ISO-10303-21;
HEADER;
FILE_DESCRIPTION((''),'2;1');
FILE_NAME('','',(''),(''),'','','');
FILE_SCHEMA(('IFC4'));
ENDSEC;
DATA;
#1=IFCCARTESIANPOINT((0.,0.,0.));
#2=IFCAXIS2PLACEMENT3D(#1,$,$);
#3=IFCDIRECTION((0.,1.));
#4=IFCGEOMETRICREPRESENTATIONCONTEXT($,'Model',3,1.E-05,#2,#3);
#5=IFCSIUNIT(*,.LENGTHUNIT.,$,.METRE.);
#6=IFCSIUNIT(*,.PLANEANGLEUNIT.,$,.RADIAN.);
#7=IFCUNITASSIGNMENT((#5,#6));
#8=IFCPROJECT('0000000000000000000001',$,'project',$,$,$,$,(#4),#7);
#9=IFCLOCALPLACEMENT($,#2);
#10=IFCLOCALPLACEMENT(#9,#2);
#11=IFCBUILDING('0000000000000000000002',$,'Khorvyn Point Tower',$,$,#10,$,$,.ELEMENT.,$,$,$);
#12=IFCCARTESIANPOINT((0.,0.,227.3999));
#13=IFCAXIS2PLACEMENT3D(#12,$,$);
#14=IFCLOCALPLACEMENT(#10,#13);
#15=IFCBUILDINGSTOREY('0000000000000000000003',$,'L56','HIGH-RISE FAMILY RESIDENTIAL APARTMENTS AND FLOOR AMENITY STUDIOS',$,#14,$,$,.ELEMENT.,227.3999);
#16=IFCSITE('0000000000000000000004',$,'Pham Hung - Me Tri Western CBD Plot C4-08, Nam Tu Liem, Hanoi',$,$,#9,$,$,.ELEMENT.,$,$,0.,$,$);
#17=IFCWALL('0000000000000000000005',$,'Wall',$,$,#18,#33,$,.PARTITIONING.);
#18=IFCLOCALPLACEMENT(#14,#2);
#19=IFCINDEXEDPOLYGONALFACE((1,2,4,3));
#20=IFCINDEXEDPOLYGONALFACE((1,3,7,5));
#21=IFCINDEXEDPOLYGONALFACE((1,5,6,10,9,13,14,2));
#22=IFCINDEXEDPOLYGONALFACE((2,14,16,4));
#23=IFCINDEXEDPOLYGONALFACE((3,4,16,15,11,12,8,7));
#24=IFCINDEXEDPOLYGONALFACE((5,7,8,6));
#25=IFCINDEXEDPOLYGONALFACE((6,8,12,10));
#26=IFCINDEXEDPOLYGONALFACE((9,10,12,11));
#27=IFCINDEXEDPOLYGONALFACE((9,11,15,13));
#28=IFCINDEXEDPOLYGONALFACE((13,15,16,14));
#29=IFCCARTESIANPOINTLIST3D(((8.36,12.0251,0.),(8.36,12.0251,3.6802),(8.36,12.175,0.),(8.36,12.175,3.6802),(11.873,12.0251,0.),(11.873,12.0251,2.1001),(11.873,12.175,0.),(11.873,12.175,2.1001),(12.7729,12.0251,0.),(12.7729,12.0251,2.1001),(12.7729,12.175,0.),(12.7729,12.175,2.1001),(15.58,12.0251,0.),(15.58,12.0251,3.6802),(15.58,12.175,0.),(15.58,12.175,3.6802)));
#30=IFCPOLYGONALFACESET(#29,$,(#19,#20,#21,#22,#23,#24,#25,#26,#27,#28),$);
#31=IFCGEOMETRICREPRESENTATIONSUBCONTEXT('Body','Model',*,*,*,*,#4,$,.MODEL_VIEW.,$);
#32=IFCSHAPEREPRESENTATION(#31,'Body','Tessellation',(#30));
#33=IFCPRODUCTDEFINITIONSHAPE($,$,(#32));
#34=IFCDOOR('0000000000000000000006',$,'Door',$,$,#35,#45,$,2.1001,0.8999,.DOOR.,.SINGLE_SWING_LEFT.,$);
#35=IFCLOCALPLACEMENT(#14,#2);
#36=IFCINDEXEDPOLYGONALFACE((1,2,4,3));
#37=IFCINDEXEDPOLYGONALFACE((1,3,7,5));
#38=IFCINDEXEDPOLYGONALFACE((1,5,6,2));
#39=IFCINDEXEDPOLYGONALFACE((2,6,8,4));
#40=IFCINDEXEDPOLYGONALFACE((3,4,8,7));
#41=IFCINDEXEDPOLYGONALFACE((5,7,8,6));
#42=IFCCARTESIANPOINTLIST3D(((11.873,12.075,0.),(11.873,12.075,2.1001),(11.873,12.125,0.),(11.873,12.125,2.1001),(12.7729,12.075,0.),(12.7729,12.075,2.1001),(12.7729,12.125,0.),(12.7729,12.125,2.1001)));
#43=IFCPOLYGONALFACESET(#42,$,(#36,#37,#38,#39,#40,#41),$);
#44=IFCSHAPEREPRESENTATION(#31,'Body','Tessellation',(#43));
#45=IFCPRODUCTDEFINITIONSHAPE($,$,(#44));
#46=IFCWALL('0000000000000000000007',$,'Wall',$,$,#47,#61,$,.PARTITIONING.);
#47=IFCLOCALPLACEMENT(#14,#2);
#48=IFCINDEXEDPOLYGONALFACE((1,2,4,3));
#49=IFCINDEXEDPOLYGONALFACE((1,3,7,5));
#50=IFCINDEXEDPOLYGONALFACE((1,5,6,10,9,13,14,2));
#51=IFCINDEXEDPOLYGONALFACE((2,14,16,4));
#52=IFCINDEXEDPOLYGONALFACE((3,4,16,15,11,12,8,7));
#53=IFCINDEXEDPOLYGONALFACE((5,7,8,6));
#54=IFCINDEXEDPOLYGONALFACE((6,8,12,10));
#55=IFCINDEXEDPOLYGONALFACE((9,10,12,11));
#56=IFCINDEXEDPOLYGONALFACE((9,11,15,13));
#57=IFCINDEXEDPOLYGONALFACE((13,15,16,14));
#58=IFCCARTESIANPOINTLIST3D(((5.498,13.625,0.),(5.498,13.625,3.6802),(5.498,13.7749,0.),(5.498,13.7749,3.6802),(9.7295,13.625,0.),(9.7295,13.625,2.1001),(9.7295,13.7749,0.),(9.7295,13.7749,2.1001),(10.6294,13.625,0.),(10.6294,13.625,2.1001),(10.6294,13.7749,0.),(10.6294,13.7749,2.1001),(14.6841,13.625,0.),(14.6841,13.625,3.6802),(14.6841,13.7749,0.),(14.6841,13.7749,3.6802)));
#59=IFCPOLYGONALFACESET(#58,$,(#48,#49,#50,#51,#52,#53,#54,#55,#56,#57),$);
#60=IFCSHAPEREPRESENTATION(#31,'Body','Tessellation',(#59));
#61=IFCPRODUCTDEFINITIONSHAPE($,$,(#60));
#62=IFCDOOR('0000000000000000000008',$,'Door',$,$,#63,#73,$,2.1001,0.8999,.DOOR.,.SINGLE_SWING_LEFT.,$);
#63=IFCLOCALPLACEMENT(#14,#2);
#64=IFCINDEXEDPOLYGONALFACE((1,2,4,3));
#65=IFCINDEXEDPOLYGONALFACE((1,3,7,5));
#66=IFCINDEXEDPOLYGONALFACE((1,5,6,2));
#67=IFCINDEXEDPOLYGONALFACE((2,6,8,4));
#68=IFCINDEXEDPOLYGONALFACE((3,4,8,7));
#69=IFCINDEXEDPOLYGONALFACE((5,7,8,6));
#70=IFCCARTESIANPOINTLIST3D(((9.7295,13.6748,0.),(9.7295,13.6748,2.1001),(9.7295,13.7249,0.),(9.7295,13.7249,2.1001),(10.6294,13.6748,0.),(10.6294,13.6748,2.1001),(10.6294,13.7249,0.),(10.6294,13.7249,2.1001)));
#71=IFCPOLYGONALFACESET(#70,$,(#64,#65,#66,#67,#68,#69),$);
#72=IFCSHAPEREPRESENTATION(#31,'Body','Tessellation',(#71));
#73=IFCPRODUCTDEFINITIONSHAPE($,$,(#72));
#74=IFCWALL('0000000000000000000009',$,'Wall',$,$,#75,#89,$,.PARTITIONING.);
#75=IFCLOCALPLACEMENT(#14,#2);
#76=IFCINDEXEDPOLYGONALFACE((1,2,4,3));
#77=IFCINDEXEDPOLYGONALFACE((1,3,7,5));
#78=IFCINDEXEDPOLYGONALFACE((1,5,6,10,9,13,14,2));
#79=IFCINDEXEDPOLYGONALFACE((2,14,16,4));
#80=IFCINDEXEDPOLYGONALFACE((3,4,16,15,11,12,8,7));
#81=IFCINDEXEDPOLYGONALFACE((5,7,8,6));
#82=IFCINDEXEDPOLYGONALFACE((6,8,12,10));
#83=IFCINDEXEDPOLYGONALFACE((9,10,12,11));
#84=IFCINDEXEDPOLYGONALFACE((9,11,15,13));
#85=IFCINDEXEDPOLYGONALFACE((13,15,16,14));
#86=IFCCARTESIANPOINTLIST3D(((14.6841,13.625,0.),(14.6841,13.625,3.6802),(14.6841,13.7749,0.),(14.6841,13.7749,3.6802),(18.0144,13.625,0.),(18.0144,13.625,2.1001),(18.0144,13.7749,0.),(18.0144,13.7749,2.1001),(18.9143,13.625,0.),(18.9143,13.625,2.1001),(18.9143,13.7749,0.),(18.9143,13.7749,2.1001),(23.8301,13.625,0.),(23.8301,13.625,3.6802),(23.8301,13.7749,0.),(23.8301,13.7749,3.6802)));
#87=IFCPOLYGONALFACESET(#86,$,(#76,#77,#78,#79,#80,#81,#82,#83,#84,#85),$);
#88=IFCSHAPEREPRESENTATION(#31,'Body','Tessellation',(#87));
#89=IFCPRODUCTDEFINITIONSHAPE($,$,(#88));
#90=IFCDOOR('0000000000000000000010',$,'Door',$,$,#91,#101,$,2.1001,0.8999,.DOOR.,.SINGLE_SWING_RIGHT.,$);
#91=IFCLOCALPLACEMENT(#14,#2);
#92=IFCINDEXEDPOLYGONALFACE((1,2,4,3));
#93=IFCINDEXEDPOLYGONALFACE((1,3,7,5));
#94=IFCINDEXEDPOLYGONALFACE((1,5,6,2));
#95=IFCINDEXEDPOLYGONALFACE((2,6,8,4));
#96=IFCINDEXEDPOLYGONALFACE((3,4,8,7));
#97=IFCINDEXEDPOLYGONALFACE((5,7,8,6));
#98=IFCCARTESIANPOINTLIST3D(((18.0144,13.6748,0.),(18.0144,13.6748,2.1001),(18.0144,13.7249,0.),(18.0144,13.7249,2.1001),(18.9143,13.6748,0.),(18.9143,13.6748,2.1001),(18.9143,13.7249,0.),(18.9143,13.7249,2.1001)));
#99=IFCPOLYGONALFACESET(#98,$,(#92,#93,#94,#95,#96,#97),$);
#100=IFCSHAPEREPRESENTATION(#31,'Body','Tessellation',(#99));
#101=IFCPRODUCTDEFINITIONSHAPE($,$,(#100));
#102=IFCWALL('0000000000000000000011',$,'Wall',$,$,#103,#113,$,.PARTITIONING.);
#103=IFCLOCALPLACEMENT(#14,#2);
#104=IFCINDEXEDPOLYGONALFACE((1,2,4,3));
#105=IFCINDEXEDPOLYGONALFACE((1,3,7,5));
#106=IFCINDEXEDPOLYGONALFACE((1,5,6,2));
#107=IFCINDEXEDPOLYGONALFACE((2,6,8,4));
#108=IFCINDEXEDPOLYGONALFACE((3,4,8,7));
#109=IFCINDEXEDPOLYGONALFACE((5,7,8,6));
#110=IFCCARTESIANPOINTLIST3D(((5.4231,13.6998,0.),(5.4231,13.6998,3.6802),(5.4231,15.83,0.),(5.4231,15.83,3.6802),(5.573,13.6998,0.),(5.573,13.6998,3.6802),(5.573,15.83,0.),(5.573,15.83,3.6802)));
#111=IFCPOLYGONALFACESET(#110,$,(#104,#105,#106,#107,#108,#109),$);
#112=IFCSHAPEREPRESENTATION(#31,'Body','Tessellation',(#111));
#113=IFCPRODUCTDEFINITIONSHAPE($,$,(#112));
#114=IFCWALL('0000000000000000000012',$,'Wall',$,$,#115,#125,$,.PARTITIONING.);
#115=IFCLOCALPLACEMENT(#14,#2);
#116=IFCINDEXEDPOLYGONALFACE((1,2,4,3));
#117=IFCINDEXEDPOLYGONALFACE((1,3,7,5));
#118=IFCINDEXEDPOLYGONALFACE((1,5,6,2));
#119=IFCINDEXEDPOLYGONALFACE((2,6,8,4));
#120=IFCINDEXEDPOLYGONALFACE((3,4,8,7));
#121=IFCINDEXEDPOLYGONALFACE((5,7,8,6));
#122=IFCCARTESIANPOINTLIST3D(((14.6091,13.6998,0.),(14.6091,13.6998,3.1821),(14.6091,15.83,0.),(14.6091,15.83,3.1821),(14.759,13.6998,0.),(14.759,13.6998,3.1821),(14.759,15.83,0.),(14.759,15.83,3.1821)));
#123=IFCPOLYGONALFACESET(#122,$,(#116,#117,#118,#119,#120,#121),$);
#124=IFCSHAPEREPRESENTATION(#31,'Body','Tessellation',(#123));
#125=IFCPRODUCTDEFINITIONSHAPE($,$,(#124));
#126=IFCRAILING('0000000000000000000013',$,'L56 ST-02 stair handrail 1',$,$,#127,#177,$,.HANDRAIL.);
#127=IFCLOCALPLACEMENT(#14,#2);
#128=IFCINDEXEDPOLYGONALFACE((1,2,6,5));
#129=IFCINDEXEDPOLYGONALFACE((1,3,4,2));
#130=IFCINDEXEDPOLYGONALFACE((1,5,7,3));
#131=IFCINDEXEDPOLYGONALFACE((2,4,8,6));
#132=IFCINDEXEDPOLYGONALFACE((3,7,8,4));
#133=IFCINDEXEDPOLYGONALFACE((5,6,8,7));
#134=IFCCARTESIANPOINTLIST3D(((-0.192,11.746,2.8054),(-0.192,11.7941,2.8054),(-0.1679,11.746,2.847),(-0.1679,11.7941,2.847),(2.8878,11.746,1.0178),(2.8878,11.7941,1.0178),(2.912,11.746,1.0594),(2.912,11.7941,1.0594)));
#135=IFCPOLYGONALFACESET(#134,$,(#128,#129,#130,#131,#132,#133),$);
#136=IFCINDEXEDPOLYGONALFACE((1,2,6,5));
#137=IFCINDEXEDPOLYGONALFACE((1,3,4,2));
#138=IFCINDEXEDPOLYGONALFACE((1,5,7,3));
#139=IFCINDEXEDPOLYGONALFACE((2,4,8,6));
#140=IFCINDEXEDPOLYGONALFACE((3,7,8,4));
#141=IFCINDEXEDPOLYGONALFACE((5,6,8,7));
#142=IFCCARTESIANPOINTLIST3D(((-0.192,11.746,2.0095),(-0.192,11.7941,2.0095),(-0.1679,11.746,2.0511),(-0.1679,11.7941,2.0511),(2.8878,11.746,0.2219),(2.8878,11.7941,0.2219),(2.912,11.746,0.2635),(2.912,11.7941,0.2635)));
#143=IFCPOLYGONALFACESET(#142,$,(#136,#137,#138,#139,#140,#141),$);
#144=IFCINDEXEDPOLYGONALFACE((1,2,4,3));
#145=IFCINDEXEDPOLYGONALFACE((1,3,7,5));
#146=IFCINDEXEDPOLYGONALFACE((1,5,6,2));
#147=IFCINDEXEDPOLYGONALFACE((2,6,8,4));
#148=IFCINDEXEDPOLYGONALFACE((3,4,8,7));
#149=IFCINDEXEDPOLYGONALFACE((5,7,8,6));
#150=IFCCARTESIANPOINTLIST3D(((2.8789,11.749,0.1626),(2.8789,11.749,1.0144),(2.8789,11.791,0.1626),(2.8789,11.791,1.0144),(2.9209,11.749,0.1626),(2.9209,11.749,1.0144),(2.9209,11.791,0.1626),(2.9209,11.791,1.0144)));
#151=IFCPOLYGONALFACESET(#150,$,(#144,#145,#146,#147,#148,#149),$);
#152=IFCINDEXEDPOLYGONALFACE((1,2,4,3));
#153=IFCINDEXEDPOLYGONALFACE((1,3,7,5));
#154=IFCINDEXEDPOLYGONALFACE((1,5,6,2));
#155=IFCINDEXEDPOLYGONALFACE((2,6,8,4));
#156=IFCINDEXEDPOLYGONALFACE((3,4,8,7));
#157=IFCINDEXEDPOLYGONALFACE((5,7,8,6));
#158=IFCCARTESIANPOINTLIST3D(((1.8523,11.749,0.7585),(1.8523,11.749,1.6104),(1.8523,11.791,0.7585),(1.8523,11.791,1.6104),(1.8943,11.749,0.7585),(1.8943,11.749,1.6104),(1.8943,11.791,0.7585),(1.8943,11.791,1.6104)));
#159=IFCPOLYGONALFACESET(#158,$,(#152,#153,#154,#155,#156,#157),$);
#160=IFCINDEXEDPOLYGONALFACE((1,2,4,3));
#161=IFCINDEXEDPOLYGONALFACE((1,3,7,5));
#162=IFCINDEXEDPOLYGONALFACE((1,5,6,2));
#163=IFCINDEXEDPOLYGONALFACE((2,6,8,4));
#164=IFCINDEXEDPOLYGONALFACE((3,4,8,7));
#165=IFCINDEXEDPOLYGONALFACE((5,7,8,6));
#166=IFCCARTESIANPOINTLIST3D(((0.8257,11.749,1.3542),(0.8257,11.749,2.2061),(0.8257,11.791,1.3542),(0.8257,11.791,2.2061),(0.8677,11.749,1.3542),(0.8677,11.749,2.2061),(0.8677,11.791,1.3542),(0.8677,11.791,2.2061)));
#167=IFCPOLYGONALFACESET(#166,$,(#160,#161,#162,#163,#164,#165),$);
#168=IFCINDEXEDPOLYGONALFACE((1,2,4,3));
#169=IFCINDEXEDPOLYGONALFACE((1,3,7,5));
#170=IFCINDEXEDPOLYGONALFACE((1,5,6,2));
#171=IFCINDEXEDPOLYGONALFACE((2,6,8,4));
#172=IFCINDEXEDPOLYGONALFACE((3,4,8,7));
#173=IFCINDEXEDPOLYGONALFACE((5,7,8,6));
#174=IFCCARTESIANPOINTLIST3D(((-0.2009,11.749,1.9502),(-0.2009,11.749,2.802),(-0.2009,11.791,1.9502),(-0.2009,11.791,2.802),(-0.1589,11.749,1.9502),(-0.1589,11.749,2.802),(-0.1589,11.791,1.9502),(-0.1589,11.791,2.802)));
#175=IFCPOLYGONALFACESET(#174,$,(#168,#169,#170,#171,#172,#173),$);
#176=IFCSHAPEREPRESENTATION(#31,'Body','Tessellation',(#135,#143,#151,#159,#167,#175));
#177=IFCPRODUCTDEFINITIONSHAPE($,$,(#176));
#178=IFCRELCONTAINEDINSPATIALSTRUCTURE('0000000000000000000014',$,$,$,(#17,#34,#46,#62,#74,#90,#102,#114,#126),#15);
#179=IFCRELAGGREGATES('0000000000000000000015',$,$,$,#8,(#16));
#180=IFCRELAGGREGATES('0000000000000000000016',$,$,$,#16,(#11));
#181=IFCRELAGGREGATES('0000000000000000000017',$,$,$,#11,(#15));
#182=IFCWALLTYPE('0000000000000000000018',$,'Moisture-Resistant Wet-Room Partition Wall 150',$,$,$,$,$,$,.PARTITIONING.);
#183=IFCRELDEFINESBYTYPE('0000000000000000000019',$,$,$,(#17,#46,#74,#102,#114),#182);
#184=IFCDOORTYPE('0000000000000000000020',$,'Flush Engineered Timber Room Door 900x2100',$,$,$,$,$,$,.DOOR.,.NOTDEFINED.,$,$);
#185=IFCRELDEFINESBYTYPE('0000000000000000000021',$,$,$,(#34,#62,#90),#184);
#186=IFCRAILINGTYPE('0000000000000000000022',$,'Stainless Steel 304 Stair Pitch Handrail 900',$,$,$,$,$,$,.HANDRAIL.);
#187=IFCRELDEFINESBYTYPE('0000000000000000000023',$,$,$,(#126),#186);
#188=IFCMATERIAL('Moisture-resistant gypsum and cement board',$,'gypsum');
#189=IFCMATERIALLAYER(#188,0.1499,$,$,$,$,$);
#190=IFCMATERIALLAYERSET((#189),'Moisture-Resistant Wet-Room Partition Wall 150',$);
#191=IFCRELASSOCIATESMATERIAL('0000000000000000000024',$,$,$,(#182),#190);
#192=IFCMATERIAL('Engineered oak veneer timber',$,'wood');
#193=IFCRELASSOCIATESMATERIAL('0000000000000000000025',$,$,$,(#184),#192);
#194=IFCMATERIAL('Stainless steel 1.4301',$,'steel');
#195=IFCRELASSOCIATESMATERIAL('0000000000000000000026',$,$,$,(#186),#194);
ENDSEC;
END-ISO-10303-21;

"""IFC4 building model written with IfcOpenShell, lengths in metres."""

from ifc_helpers import new_model, si_unit, direction, frame, frame_2d, origin, origin_2d, place, context, subcontext, project, spatial, rectangle, extrude, material, layer, layer_set, type_object, element, fill, save


model = new_model("IFC4")

# Units and contexts
model_context = context("Model", 3, precision=1e-05, world=origin(), true_north=direction((0.0, 1.0)))
body_context = subcontext(model_context, "Body", "Model", "MODEL_VIEW")
ifc_project = project(units=[si_unit("LENGTHUNIT", "METRE"), si_unit("PLANEANGLEUNIT", "RADIAN")], contexts=[model_context])

# Site, building, storey
site_placement = place(None, origin())
site = spatial("IfcSite", under=ifc_project, at=site_placement, Name="Pham Hung - Me Tri Western CBD Plot C4-08, Nam Tu Liem, Hanoi", CompositionType="ELEMENT", RefElevation=0.0)
building_placement = place(site_placement, origin())
building = spatial("IfcBuilding", under=site, at=building_placement, Name="Khorvyn Point Tower", CompositionType="ELEMENT")
storey_placement = place(building_placement, frame((0.0, 0.0, 227.3999)))
storey = spatial("IfcBuildingStorey", under=building, at=storey_placement, Name="L56", Description="HIGH-RISE FAMILY RESIDENTIAL APARTMENTS AND FLOOR AMENITY STUDIOS", CompositionType="ELEMENT", Elevation=227.3999)

# Walls, openings, doors
ifc_material_1 = material(Name="Moisture-resistant gypsum and cement board", Category="gypsum")
ifc_layer_1 = layer(ifc_material_1, 0.1499)
ifc_layer_set_1 = layer_set([ifc_layer_1], Name="Moisture-Resistant Wet-Room Partition Wall 150")
wall_type_1 = type_object("IfcWallType", Name="Moisture-Resistant Wet-Room Partition Wall 150", PredefinedType="PARTITIONING", material=ifc_layer_set_1)
wall_1_placement = place(storey_placement, frame((8.3601, 12.1001, 0.0), z_axis=(0.0, 0.0, 1.0), x_axis=(1.0, 0.0, 0.0)))
wall_1 = element("IfcWall", 1, at=wall_1_placement, inside=storey, type_object=wall_type_1, Name="Wall", PredefinedType="PARTITIONING", context=body_context, shape_type="SweptSolid", body=[
    extrude(rectangle(XDim=7.22, YDim=0.1499, at=frame_2d((3.6099, 0.0))), origin(), (0.0, 0.0, 1.0), 3.6802),
])
opening_1_placement = place(wall_1_placement, frame((3.5129, 0.0, 0.0)))
opening_1 = element("IfcOpeningElement", 2, at=opening_1_placement, cuts=wall_1, PredefinedType="OPENING", context=body_context, shape_type="SweptSolid", body=[
    extrude(rectangle(XDim=0.8999, YDim=2.1001, at=frame_2d((0.45, 1.05))), frame((0.0, 0.085, 0.0), z_axis=(0.0, -1.0, 0.0), x_axis=(1.0, 0.0, 0.0)), (0.0, 0.0, 1.0), 0.1699),
])
ifc_material_2 = material(Name="Engineered oak veneer timber", Category="wood")
door_type_1 = type_object("IfcDoorType", Name="Flush Engineered Timber Room Door 900x2100", OperationType="NOTDEFINED", PredefinedType="DOOR", material=ifc_material_2)
door_1_placement = place(opening_1_placement, origin())
door_1 = element("IfcDoor", 3, at=door_1_placement, inside=storey, type_object=door_type_1, Name="Door", OperationType="SINGLE_SWING_LEFT", OverallHeight=2.1001, OverallWidth=0.8999, PredefinedType="DOOR", context=body_context, shape_type="SweptSolid", body=[
    extrude(rectangle(XDim=0.8999, YDim=2.1001, at=frame_2d((0.45, 1.05))), frame((0.0, 0.0249, 0.0), z_axis=(0.0, -1.0, 0.0), x_axis=(1.0, 0.0, 0.0)), (0.0, 0.0, 1.0), 0.05),
])
fill(opening_1, door_1)
wall_2_placement = place(storey_placement, frame((5.498, 13.7, 0.0), z_axis=(0.0, 0.0, 1.0), x_axis=(1.0, 0.0, 0.0)))
wall_2 = element("IfcWall", 4, at=wall_2_placement, inside=storey, type_object=wall_type_1, Name="Wall", PredefinedType="PARTITIONING", context=body_context, shape_type="SweptSolid", body=[
    extrude(rectangle(XDim=9.186, YDim=0.1499, at=frame_2d((4.593, 0.0))), origin(), (0.0, 0.0, 1.0), 3.6802),
])
opening_2_placement = place(wall_2_placement, frame((4.2314, 0.0, 0.0)))
opening_2 = element("IfcOpeningElement", 5, at=opening_2_placement, cuts=wall_2, PredefinedType="OPENING", context=body_context, shape_type="SweptSolid", body=[
    extrude(rectangle(XDim=0.8999, YDim=2.1001, at=frame_2d((0.45, 1.05))), frame((0.0, 0.085, 0.0), z_axis=(0.0, -1.0, 0.0), x_axis=(1.0, 0.0, 0.0)), (0.0, 0.0, 1.0), 0.1699),
])
door_2_placement = place(opening_2_placement, origin())
door_2 = element("IfcDoor", 6, at=door_2_placement, inside=storey, type_object=door_type_1, Name="Door", OperationType="SINGLE_SWING_LEFT", OverallHeight=2.1001, OverallWidth=0.8999, PredefinedType="DOOR", context=body_context, shape_type="SweptSolid", body=[
    extrude(rectangle(XDim=0.8999, YDim=2.1001, at=frame_2d((0.45, 1.05))), frame((0.0, 0.0249, 0.0), z_axis=(0.0, -1.0, 0.0), x_axis=(1.0, 0.0, 0.0)), (0.0, 0.0, 1.0), 0.05),
])
fill(opening_2, door_2)
wall_3_placement = place(storey_placement, frame((14.6841, 13.7, 0.0), z_axis=(0.0, 0.0, 1.0), x_axis=(1.0, 0.0, 0.0)))
wall_3 = element("IfcWall", 7, at=wall_3_placement, inside=storey, type_object=wall_type_1, Name="Wall", PredefinedType="PARTITIONING", context=body_context, shape_type="SweptSolid", body=[
    extrude(rectangle(XDim=9.146, YDim=0.1499, at=frame_2d((4.573, 0.0))), origin(), (0.0, 0.0, 1.0), 3.6802),
])
opening_3_placement = place(wall_3_placement, frame((3.3303, 0.0, 0.0)))
opening_3 = element("IfcOpeningElement", 8, at=opening_3_placement, cuts=wall_3, PredefinedType="OPENING", context=body_context, shape_type="SweptSolid", body=[
    extrude(rectangle(XDim=0.8999, YDim=2.1001, at=frame_2d((0.45, 1.05))), frame((0.0, 0.085, 0.0), z_axis=(0.0, -1.0, 0.0), x_axis=(1.0, 0.0, 0.0)), (0.0, 0.0, 1.0), 0.1699),
])
door_3_placement = place(opening_3_placement, origin())
door_3 = element("IfcDoor", 9, at=door_3_placement, inside=storey, type_object=door_type_1, Name="Door", OperationType="SINGLE_SWING_RIGHT", OverallHeight=2.1001, OverallWidth=0.8999, PredefinedType="DOOR", context=body_context, shape_type="SweptSolid", body=[
    extrude(rectangle(XDim=0.8999, YDim=2.1001, at=frame_2d((0.45, 1.05))), frame((0.0, 0.0249, 0.0), z_axis=(0.0, -1.0, 0.0), x_axis=(1.0, 0.0, 0.0)), (0.0, 0.0, 1.0), 0.05),
])
fill(opening_3, door_3)

# Walls
wall_4_placement = place(storey_placement, frame((5.498, 13.7, 0.0), z_axis=(0.0, 0.0, 1.0), x_axis=(0.0, 1.0, 0.0)))
element("IfcWall", 10, at=wall_4_placement, inside=storey, type_object=wall_type_1, Name="Wall", PredefinedType="PARTITIONING", context=body_context, shape_type="SweptSolid", body=[
    extrude(rectangle(XDim=2.1301, YDim=0.1499, at=frame_2d((1.0649, 0.0))), origin(), (0.0, 0.0, 1.0), 3.6802),
])
wall_5_placement = place(storey_placement, frame((14.6841, 13.7, 0.0), z_axis=(0.0, 0.0, 1.0), x_axis=(0.0, 1.0, 0.0)))
element("IfcWall", 11, at=wall_5_placement, inside=storey, type_object=wall_type_1, Name="Wall", PredefinedType="PARTITIONING", context=body_context, shape_type="SweptSolid", body=[
    extrude(rectangle(XDim=2.1301, YDim=0.1499, at=frame_2d((1.0649, 0.0))), origin(), (0.0, 0.0, 1.0), 3.1821),
])

# Railing
ifc_material_3 = material(Name="Stainless steel 1.4301", Category="steel")
railing_type_1 = type_object("IfcRailingType", Name="Stainless Steel 304 Stair Pitch Handrail 900", PredefinedType="HANDRAIL", material=ifc_material_3)
railing_1_placement = place(storey_placement, frame((2.8999, 11.77, 0.1626)))
element("IfcRailing", 12, at=railing_1_placement, inside=storey, type_object=railing_type_1, Name="L56 ST-02 stair handrail 1", PredefinedType="HANDRAIL", context=body_context, shape_type="SweptSolid", body=[
    extrude(rectangle(XDim=0.0481, YDim=0.0481, at=origin_2d()), frame((0.0, 0.0, 0.876), z_axis=(-0.864873, 0.0, 0.50199), x_axis=(0.0, -1.0, 0.0)), (0.0, 0.0, 1.0), 3.561),
    extrude(rectangle(XDim=0.0481, YDim=0.0481, at=origin_2d()), frame((0.0, 0.0, 0.0801), z_axis=(-0.864873, 0.0, 0.50199), x_axis=(0.0, -1.0, 0.0)), (0.0, 0.0, 1.0), 3.561),
    extrude(rectangle(XDim=0.042, YDim=0.042, at=origin_2d()), origin(), (0.0, 0.0, 1.0), 0.8518),
    extrude(rectangle(XDim=0.042, YDim=0.042, at=origin_2d()), frame((-1.0266, 0.0, 0.5959)), (0.0, 0.0, 1.0), 0.8518),
    extrude(rectangle(XDim=0.042, YDim=0.042, at=origin_2d()), frame((-2.0532, 0.0, 1.1917)), (0.0, 0.0, 1.0), 0.8518),
    extrude(rectangle(XDim=0.042, YDim=0.042, at=origin_2d()), frame((-3.0798, 0.0, 1.7876)), (0.0, 0.0, 1.0), 0.8518),
])

save(model, "model.ifc")
